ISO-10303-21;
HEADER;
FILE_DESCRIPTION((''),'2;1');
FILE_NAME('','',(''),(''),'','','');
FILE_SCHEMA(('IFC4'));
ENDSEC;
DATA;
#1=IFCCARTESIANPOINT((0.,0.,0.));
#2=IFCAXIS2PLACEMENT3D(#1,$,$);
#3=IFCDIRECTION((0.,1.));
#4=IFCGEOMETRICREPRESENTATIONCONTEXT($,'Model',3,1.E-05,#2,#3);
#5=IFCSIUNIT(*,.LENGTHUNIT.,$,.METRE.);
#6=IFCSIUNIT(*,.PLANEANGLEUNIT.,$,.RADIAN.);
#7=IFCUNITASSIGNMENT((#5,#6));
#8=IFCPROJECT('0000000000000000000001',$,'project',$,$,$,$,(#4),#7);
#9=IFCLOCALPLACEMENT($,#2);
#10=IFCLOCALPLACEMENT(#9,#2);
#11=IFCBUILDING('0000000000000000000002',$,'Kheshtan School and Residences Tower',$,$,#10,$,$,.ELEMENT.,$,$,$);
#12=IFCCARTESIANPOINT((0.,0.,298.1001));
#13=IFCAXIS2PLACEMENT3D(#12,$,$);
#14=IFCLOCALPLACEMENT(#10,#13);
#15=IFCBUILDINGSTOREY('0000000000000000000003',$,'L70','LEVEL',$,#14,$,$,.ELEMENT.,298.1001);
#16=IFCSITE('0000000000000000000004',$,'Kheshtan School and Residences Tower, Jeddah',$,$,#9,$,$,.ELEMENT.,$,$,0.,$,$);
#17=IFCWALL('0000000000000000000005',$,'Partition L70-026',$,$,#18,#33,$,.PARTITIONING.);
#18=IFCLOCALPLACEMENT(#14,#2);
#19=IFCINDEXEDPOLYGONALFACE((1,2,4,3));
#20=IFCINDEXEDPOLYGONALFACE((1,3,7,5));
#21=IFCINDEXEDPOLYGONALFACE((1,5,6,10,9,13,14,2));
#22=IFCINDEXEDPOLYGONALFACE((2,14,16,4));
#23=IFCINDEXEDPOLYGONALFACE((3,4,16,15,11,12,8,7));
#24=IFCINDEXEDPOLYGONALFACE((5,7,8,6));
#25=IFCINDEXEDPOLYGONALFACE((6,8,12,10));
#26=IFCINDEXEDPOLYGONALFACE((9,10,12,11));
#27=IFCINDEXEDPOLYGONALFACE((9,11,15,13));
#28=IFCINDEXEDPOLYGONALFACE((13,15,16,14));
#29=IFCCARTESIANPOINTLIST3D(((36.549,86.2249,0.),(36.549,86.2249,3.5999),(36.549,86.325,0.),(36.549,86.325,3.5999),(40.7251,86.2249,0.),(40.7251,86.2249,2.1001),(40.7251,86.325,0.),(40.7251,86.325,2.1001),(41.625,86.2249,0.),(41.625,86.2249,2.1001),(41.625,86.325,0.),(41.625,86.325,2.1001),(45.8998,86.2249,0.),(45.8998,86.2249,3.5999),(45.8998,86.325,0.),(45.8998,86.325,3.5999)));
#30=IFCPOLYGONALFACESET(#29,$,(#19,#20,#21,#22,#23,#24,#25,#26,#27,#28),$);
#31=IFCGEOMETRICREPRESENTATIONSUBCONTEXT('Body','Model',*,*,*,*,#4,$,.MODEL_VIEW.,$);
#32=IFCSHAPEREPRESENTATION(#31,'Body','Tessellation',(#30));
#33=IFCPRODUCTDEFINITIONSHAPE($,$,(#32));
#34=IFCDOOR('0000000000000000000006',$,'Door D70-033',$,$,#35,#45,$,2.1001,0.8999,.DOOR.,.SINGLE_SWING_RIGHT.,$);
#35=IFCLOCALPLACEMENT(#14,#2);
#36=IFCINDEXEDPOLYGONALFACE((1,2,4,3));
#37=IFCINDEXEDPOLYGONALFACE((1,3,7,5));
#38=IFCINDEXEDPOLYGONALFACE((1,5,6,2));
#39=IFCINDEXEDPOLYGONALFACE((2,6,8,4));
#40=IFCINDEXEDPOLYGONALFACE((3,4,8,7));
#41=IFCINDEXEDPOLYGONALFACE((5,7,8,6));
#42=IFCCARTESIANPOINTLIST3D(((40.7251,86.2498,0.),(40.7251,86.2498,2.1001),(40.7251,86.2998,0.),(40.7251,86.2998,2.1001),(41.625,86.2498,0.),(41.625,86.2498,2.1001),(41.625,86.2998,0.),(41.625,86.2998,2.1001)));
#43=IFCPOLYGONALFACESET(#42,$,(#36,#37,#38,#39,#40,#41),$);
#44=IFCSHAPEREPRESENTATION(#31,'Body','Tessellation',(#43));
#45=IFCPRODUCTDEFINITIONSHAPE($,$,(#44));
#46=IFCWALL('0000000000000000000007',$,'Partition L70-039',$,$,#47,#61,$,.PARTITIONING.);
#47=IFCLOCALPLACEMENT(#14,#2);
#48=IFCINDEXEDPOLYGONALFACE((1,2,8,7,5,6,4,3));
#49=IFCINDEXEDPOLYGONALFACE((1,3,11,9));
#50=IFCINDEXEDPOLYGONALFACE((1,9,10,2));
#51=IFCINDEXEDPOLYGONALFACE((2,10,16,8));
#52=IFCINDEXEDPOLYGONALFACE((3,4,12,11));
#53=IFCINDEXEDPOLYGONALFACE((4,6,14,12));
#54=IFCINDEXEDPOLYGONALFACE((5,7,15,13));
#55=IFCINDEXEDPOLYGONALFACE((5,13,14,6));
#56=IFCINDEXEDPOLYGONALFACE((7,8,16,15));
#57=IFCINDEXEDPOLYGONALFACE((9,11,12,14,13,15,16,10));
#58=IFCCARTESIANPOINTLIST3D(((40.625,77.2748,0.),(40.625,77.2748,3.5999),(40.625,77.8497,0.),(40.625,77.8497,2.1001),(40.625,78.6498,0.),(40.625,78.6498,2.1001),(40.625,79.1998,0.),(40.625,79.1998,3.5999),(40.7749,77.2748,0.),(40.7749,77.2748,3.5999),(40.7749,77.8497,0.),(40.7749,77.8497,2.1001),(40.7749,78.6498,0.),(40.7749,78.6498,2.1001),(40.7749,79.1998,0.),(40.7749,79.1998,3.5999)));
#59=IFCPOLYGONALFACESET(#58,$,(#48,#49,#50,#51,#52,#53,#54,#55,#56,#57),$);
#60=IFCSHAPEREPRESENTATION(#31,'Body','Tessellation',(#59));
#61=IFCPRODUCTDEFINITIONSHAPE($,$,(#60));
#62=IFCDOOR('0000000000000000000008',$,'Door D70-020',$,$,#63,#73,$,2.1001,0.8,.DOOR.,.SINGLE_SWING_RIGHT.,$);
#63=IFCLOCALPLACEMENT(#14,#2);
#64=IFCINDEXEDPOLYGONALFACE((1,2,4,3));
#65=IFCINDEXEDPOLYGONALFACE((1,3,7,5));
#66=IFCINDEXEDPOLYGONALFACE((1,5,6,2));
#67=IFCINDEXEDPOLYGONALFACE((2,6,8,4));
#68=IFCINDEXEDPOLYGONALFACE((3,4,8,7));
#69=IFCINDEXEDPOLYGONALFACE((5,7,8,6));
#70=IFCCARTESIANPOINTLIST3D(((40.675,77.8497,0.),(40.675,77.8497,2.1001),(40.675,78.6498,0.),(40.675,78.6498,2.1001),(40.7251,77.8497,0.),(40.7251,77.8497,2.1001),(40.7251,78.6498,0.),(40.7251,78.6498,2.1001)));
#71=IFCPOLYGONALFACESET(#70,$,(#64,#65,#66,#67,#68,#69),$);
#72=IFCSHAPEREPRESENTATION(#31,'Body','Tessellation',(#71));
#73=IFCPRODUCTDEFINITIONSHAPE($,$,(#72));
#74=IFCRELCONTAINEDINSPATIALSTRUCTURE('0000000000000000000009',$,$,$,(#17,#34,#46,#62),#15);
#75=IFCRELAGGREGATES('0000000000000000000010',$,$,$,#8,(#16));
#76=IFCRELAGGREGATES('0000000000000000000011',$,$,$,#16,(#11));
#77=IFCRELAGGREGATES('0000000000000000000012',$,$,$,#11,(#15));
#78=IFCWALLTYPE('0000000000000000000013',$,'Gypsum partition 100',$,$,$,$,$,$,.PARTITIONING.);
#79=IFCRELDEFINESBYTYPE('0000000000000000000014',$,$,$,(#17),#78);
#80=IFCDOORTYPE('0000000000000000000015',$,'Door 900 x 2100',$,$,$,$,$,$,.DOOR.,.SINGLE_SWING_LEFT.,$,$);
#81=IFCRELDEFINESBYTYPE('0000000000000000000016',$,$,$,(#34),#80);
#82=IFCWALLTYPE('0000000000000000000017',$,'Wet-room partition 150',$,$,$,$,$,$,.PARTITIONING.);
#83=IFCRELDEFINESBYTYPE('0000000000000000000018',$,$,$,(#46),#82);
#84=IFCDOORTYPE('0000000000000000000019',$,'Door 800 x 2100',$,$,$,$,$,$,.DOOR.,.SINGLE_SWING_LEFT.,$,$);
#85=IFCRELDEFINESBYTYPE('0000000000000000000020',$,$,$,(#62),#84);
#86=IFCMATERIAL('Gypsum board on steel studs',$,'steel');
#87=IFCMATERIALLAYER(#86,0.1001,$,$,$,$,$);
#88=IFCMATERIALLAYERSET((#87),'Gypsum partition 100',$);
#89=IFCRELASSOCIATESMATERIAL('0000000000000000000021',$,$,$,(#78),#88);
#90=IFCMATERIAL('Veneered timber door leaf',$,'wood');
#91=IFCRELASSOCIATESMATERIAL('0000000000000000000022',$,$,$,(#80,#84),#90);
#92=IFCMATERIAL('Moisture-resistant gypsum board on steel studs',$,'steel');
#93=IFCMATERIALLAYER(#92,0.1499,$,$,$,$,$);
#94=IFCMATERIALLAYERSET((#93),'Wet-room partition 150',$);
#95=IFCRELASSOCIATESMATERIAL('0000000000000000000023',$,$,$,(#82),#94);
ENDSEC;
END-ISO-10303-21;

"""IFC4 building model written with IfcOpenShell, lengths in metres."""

from ifc_helpers import new_model, si_unit, direction, frame, frame_2d, origin, place, context, subcontext, project, spatial, rectangle, extrude, source, transform, mapped, material, layer, layer_set, type_object, element, fill, save


model = new_model("IFC4")

# Units and contexts
model_context = context("Model", 3, precision=1e-05, world=origin(), true_north=direction((0.0, 1.0)))
body_context = subcontext(model_context, "Body", "Model", "MODEL_VIEW")
ifc_project = project(units=[si_unit("LENGTHUNIT", "METRE"), si_unit("PLANEANGLEUNIT", "RADIAN")], contexts=[model_context])

# Site, building, storey
site_placement = place(None, origin())
site = spatial("IfcSite", under=ifc_project, at=site_placement, Name="Kheshtan School and Residences Tower, Jeddah", CompositionType="ELEMENT", RefElevation=0.0)
building_placement = place(site_placement, origin())
building = spatial("IfcBuilding", under=site, at=building_placement, Name="Kheshtan School and Residences Tower", CompositionType="ELEMENT")
storey_placement = place(building_placement, frame((0.0, 0.0, 298.1001)))
storey = spatial("IfcBuildingStorey", under=building, at=storey_placement, Name="L70", Description="LEVEL", CompositionType="ELEMENT", Elevation=298.1001)

# Walls, openings, doors
ifc_material_1 = material(Name="Gypsum board on steel studs", Category="steel")
ifc_layer_1 = layer(ifc_material_1, 0.1001)
ifc_layer_set_1 = layer_set([ifc_layer_1], Name="Gypsum partition 100")
wall_type_1 = type_object("IfcWallType", Name="Gypsum partition 100", PredefinedType="PARTITIONING", material=ifc_layer_set_1)
wall_1_placement = place(storey_placement, frame((36.5491, 86.2749, 0.0), z_axis=(0.0, 0.0, 1.0), x_axis=(1.0, 0.0, 0.0)))
wall_1 = element("IfcWall", 1, at=wall_1_placement, inside=storey, type_object=wall_type_1, Name="Partition L70-026", PredefinedType="PARTITIONING", context=body_context, shape_type="SweptSolid", body=[
    extrude(rectangle(XDim=9.3508, YDim=0.1001, at=frame_2d((4.6753, 0.0))), origin(), (0.0, 0.0, 1.0), 3.5999),
])
opening_1_placement = place(wall_1_placement, frame((4.176, 0.0, 0.0)))
opening_1 = element("IfcOpeningElement", 2, at=opening_1_placement, cuts=wall_1, PredefinedType="OPENING", context=body_context, shape_type="SweptSolid", body=[
    extrude(rectangle(XDim=0.8999, YDim=2.1001, at=frame_2d((0.45, 1.05))), frame((0.0, 0.0601, 0.0), z_axis=(0.0, -1.0, 0.0), x_axis=(1.0, 0.0, 0.0)), (0.0, 0.0, 1.0), 0.1201),
])
ifc_material_2 = material(Name="Veneered timber door leaf", Category="wood")
door_type_1 = type_object("IfcDoorType", Name="Door 900 x 2100", OperationType="SINGLE_SWING_LEFT", PredefinedType="DOOR", material=ifc_material_2)
shared_shape_1 = source(origin(), body_context, "Body", "SweptSolid", [
    extrude(rectangle(XDim=0.8999, YDim=2.1001, at=frame_2d((0.45, 1.05))), frame((0.0, 0.0249, 0.0), z_axis=(0.0, -1.0, 0.0), x_axis=(1.0, 0.0, 0.0)), (0.0, 0.0, 1.0), 0.05),
])
door_1_placement = place(opening_1_placement, origin())
door_1 = element("IfcDoor", 3, at=door_1_placement, inside=storey, type_object=door_type_1, Name="Door D70-033", OperationType="SINGLE_SWING_RIGHT", OverallHeight=2.1001, OverallWidth=0.8999, PredefinedType="DOOR", context=body_context, shape_type="MappedRepresentation", body=[
    mapped(shared_shape_1, transform((0.0, 0.0, 0.0), x_axis=(1.0, 0.0, 0.0), y_axis=(0.0, 1.0, 0.0), z_axis=(0.0, 0.0, 1.0), scale=1.0)),
])
fill(opening_1, door_1)
ifc_material_3 = material(Name="Moisture-resistant gypsum board on steel studs", Category="steel")
ifc_layer_2 = layer(ifc_material_3, 0.1499)
ifc_layer_set_2 = layer_set([ifc_layer_2], Name="Wet-room partition 150")
wall_type_2 = type_object("IfcWallType", Name="Wet-room partition 150", PredefinedType="PARTITIONING", material=ifc_layer_set_2)
wall_2_placement = place(storey_placement, frame((40.7, 77.2749, 0.0), z_axis=(0.0, 0.0, 1.0), x_axis=(0.0, 1.0, 0.0)))
wall_2 = element("IfcWall", 4, at=wall_2_placement, inside=storey, type_object=wall_type_2, Name="Partition L70-039", PredefinedType="PARTITIONING", context=body_context, shape_type="SweptSolid", body=[
    extrude(rectangle(XDim=1.925, YDim=0.1499, at=frame_2d((0.9624, 0.0))), origin(), (0.0, 0.0, 1.0), 3.5999),
])
opening_2_placement = place(wall_2_placement, frame((0.575, 0.0, 0.0)))
opening_2 = element("IfcOpeningElement", 5, at=opening_2_placement, cuts=wall_2, PredefinedType="OPENING", context=body_context, shape_type="SweptSolid", body=[
    extrude(rectangle(XDim=0.8, YDim=2.1001, at=frame_2d((0.3999, 1.05))), frame((0.0, 0.085, 0.0), z_axis=(0.0, -1.0, 0.0), x_axis=(1.0, 0.0, 0.0)), (0.0, 0.0, 1.0), 0.1699),
])
door_type_2 = type_object("IfcDoorType", Name="Door 800 x 2100", OperationType="SINGLE_SWING_LEFT", PredefinedType="DOOR", material=ifc_material_2)
shared_shape_2 = source(origin(), body_context, "Body", "SweptSolid", [
    extrude(rectangle(XDim=0.8, YDim=2.1001, at=frame_2d((0.3999, 1.05))), frame((0.0, 0.0249, 0.0), z_axis=(0.0, -1.0, 0.0), x_axis=(1.0, 0.0, 0.0)), (0.0, 0.0, 1.0), 0.05),
])
door_2_placement = place(opening_2_placement, origin())
door_2 = element("IfcDoor", 6, at=door_2_placement, inside=storey, type_object=door_type_2, Name="Door D70-020", OperationType="SINGLE_SWING_RIGHT", OverallHeight=2.1001, OverallWidth=0.8, PredefinedType="DOOR", context=body_context, shape_type="MappedRepresentation", body=[
    mapped(shared_shape_2, transform((0.0, 0.0, 0.0), x_axis=(1.0, 0.0, 0.0), y_axis=(0.0, 1.0, 0.0), z_axis=(0.0, 0.0, 1.0), scale=1.0)),
])
fill(opening_2, door_2)

save(model, "model.ifc")
